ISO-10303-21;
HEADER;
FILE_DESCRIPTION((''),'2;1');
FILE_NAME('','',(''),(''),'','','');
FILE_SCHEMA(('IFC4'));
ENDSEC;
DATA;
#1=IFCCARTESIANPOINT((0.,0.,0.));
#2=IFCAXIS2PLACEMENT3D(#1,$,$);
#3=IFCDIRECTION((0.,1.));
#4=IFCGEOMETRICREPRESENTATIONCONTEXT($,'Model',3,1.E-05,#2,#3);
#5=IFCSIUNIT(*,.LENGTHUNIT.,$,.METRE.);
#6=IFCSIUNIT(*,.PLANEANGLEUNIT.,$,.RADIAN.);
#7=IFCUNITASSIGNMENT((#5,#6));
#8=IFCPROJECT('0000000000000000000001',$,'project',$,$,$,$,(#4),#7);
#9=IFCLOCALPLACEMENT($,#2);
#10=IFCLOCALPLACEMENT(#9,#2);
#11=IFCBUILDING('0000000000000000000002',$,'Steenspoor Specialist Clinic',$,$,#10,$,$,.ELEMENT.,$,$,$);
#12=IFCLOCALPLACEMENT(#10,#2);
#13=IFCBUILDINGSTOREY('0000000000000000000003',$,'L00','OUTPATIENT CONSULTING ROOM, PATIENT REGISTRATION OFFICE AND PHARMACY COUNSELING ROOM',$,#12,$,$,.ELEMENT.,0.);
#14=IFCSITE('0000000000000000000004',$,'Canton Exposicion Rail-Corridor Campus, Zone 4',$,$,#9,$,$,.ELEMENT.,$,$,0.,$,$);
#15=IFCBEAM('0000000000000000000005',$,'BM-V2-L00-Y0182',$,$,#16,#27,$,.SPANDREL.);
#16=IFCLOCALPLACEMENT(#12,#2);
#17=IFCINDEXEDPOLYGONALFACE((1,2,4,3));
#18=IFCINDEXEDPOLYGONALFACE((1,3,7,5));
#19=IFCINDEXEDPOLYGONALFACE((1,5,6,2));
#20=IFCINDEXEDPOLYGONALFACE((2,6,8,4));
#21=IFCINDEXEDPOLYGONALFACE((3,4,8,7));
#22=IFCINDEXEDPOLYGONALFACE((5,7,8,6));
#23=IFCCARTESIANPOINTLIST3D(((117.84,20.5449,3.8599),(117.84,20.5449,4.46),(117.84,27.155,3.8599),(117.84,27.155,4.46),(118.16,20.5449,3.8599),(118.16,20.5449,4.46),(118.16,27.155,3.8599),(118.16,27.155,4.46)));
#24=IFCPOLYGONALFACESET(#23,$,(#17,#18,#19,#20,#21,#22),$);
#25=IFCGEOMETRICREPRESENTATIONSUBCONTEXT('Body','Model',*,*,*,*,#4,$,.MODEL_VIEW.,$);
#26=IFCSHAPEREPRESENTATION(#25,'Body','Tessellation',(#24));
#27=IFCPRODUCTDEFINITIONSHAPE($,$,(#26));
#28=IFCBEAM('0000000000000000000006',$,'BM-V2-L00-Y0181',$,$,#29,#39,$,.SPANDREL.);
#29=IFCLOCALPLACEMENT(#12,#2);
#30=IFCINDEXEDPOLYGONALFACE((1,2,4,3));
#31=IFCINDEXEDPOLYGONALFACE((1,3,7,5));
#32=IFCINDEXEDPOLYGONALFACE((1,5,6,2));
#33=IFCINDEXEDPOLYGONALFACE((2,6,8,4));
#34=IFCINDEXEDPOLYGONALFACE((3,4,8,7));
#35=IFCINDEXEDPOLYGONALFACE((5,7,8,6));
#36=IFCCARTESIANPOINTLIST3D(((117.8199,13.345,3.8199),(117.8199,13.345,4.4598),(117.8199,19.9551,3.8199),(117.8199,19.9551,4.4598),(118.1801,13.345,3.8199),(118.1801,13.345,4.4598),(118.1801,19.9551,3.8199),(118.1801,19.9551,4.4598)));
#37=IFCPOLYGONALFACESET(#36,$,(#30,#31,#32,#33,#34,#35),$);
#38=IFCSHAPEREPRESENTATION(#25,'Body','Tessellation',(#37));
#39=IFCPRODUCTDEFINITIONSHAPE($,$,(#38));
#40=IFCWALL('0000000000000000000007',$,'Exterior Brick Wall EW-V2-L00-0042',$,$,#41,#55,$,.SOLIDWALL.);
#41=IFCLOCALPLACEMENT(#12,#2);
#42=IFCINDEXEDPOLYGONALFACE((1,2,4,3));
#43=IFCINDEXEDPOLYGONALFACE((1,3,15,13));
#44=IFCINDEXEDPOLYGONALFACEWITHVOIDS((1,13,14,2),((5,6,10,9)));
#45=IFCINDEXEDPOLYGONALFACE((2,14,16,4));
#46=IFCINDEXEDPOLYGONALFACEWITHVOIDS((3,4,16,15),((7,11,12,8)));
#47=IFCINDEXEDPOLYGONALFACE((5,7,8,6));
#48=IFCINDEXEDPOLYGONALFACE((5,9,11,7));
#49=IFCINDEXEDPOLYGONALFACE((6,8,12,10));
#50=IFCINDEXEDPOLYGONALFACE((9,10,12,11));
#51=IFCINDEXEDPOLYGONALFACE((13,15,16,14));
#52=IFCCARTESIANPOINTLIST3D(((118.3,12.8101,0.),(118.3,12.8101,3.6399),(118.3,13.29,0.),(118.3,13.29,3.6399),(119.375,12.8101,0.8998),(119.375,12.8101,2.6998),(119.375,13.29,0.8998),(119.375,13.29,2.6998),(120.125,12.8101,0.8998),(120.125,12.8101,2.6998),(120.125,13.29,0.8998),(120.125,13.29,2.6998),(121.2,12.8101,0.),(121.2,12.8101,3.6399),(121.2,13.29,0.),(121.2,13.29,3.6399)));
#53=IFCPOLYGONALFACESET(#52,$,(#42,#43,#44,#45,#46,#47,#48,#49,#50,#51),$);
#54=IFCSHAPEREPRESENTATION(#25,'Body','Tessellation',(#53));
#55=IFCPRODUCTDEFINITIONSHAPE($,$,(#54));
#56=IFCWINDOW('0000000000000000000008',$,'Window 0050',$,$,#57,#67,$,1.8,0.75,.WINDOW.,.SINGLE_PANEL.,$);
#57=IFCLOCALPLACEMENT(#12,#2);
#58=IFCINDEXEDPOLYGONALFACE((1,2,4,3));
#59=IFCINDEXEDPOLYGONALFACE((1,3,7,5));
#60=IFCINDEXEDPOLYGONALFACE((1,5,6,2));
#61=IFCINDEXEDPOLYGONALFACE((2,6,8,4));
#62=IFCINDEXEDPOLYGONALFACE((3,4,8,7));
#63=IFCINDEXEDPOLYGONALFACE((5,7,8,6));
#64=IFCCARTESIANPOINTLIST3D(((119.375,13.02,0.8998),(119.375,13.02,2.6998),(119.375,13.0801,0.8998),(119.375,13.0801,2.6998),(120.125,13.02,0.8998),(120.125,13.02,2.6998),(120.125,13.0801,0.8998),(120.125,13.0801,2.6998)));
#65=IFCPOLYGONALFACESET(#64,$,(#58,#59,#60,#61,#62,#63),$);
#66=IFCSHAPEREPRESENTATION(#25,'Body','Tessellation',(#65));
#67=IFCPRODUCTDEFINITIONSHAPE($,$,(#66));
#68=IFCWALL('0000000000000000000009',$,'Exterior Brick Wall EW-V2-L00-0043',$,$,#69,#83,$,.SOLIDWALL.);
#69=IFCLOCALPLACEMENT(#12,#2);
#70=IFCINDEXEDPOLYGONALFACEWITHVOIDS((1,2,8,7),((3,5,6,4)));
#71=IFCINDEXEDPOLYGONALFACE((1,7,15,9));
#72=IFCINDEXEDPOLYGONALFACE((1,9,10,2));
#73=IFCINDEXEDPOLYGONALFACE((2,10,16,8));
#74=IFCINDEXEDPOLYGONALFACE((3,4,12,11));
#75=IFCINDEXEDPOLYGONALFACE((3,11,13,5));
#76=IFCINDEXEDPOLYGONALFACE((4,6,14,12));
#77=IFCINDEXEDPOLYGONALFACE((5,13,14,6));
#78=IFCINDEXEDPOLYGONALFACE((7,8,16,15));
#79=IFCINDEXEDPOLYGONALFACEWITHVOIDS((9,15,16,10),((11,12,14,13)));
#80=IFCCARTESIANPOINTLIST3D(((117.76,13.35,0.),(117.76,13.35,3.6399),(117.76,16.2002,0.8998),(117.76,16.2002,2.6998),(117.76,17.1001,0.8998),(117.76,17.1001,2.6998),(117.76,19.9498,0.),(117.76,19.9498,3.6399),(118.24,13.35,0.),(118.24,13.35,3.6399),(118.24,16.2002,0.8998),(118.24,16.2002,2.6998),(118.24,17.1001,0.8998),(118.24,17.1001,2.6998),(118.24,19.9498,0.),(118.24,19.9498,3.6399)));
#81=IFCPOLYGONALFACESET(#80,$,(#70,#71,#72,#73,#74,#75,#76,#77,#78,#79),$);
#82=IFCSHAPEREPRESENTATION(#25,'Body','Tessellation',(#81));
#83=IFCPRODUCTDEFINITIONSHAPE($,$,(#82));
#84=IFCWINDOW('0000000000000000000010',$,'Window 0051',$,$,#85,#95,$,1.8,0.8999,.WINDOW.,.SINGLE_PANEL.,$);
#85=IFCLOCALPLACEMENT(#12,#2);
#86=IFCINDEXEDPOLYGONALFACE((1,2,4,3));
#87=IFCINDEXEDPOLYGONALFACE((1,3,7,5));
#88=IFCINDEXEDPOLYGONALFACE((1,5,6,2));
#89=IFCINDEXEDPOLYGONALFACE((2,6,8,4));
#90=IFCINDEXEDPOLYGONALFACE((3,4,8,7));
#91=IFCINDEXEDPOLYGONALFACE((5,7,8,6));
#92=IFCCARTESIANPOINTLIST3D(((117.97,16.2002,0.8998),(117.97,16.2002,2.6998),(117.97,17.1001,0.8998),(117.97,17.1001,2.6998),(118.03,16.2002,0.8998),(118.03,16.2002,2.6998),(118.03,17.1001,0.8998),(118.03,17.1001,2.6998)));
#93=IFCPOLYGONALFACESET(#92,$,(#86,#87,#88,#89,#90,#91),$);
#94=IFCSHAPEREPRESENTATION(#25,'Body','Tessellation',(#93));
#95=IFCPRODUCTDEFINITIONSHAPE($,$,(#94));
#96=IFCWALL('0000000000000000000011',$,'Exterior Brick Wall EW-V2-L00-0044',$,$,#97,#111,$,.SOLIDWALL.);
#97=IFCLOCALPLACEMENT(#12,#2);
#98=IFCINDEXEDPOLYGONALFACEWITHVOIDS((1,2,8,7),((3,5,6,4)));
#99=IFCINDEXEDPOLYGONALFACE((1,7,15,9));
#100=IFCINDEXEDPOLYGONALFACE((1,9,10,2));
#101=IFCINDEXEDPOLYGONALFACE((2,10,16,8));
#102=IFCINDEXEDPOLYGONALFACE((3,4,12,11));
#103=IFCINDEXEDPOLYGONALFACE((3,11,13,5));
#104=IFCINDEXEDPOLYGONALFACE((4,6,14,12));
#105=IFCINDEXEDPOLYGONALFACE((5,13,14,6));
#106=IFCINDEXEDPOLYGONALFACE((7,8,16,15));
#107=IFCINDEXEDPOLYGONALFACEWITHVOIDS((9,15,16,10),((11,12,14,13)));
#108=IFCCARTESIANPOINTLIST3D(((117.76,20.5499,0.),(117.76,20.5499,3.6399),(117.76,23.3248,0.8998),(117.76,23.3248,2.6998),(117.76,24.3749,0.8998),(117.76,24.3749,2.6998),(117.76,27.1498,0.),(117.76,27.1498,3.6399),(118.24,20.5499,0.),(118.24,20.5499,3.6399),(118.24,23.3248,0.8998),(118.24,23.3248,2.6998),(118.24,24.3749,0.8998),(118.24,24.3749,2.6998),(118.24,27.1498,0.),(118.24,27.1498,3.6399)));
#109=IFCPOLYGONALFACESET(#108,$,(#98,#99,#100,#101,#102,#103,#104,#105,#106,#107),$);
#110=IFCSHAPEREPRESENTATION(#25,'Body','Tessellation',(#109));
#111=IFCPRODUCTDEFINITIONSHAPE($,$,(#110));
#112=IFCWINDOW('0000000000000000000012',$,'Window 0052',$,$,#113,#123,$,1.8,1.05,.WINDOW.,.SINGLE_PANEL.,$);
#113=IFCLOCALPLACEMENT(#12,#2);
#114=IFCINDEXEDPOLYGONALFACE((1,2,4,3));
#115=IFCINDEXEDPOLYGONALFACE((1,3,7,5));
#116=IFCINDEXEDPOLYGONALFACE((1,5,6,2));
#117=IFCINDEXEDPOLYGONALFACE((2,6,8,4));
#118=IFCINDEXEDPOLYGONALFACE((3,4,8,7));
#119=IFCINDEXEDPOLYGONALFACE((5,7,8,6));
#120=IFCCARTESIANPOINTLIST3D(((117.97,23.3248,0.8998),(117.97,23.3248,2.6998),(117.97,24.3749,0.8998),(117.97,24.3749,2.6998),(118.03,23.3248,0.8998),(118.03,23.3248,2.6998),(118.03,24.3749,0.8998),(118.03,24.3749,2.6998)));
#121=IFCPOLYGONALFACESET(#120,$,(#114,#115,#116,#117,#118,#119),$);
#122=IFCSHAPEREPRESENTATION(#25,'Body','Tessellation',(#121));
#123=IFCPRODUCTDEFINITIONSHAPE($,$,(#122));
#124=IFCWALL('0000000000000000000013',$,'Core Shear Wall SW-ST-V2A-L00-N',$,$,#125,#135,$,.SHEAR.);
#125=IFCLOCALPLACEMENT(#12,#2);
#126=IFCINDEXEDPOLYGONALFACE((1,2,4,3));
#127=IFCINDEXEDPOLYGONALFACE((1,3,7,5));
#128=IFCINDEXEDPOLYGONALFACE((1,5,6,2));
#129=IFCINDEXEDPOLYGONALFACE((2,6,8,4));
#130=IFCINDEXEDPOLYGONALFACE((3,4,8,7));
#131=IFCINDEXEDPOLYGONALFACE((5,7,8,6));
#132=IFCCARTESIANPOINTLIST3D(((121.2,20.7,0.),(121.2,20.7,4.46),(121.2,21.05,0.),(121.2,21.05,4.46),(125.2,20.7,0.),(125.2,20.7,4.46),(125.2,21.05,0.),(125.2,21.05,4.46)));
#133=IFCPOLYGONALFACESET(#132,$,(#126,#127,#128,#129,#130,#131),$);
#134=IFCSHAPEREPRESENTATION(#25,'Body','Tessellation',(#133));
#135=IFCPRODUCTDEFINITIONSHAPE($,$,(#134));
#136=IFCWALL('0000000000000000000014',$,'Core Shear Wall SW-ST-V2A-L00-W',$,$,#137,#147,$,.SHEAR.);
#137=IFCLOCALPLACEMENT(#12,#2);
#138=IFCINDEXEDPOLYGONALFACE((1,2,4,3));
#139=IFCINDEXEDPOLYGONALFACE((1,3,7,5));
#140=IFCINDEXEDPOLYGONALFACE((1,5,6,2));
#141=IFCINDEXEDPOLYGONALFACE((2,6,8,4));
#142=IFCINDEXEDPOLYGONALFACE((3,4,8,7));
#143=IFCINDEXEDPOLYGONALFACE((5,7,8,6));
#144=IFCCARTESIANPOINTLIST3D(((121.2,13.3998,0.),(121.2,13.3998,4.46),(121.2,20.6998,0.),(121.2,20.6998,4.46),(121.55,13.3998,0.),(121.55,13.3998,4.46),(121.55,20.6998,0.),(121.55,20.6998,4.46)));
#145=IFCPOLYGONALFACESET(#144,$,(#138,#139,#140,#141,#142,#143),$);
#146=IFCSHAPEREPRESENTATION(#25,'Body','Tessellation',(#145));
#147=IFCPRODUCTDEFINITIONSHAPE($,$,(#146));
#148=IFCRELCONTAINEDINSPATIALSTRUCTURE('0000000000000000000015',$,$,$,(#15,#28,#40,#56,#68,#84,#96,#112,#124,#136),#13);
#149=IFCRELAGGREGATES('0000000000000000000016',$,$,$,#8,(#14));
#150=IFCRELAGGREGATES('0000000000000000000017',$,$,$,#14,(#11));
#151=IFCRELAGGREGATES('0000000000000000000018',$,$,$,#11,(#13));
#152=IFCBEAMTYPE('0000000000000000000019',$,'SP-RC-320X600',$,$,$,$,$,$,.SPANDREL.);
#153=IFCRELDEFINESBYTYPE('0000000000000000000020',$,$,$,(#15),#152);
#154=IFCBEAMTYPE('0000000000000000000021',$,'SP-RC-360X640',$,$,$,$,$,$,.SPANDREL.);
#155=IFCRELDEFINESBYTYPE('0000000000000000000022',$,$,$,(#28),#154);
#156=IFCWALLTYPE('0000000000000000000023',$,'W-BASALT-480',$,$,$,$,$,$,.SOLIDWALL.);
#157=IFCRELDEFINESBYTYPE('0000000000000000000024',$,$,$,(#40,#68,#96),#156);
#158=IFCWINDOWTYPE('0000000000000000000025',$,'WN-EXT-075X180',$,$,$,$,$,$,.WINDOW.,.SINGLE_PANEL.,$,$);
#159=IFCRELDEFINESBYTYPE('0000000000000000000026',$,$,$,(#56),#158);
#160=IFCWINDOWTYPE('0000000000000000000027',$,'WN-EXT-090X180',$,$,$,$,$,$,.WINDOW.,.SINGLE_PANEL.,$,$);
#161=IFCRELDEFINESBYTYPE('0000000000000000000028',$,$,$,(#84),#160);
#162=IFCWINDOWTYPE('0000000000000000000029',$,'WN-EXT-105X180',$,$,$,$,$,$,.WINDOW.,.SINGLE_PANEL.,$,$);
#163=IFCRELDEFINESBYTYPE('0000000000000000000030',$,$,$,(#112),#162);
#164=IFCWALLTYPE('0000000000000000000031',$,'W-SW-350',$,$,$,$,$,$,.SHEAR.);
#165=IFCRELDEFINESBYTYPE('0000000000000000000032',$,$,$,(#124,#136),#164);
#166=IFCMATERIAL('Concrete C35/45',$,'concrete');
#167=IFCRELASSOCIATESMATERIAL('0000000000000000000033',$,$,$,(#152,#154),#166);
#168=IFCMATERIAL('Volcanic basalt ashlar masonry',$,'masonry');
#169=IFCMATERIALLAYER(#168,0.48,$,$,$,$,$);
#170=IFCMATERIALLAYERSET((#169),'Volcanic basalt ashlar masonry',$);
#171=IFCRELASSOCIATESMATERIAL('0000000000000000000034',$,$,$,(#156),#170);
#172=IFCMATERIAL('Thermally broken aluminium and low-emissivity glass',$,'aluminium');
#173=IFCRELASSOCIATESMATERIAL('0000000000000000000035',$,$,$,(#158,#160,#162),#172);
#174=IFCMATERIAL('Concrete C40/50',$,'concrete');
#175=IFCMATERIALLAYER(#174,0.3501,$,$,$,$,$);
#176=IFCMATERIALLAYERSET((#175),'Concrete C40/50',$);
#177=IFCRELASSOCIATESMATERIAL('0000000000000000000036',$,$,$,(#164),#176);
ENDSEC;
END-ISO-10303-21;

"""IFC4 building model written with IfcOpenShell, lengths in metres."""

from ifc_helpers import new_model, si_unit, direction, frame, frame_2d, origin, origin_2d, place, context, subcontext, project, spatial, rectangle, extrude, material, layer, layer_set, material_profile, profile_set, type_object, element, fill, save


model = new_model("IFC4")

# Units and contexts
model_context = context("Model", 3, precision=1e-05, world=origin(), true_north=direction((0.0, 1.0)))
body_context = subcontext(model_context, "Body", "Model", "MODEL_VIEW")
ifc_project = project(units=[si_unit("LENGTHUNIT", "METRE"), si_unit("PLANEANGLEUNIT", "RADIAN")], contexts=[model_context])

# Site, building, storey
site_placement = place(None, origin())
site = spatial("IfcSite", under=ifc_project, at=site_placement, Name="Canton Exposicion Rail-Corridor Campus, Zone 4", CompositionType="ELEMENT", RefElevation=0.0)
building_placement = place(site_placement, origin())
building = spatial("IfcBuilding", under=site, at=building_placement, Name="Steenspoor Specialist Clinic", CompositionType="ELEMENT")
storey_placement = place(building_placement, origin())
storey = spatial("IfcBuildingStorey", under=building, at=storey_placement, Name="L00", Description="OUTPATIENT CONSULTING ROOM, PATIENT REGISTRATION OFFICE AND PHARMACY COUNSELING ROOM", CompositionType="ELEMENT", Elevation=0.0)

# Shared definitions
ifc_material_1 = material(Name="Concrete C35/45", Category="concrete")

# Shared definitions
ifc_material_2 = material(Name="Concrete C40/50", Category="concrete")

# Beams
ifc_material_profile_1 = material_profile(ifc_material_1, rectangle(XDim=0.3201, YDim=0.6001, at=origin_2d()), Name="RC-SP-320X600")
ifc_profile_set_1 = profile_set([ifc_material_profile_1], Name="Concrete C35/45")
beam_type_1 = type_object("IfcBeamType", Name="SP-RC-320X600", PredefinedType="SPANDREL", material=ifc_profile_set_1)
beam_1_placement = place(storey_placement, frame((118.0, 20.5449, 4.1599), z_axis=(0.0, 1.0, 0.0), x_axis=(-1.0, 0.0, 0.0)))
element("IfcBeam", 1, at=beam_1_placement, inside=storey, type_object=beam_type_1, Name="BM-V2-L00-Y0182", PredefinedType="SPANDREL", context=body_context, shape_type="SweptSolid", body=[
    extrude(rectangle(XDim=0.3201, YDim=0.6001, at=origin_2d()), origin(), (0.0, 0.0, 1.0), 6.6101),
])
ifc_material_profile_2 = material_profile(ifc_material_1, rectangle(XDim=0.3601, YDim=0.6399, at=origin_2d()), Name="RC-SP-360X640")
ifc_profile_set_2 = profile_set([ifc_material_profile_2], Name="Concrete C35/45")
beam_type_2 = type_object("IfcBeamType", Name="SP-RC-360X640", PredefinedType="SPANDREL", material=ifc_profile_set_2)
beam_2_placement = place(storey_placement, frame((118.0, 13.345, 4.1399), z_axis=(0.0, 1.0, 0.0), x_axis=(-1.0, 0.0, 0.0)))
element("IfcBeam", 2, at=beam_2_placement, inside=storey, type_object=beam_type_2, Name="BM-V2-L00-Y0181", PredefinedType="SPANDREL", context=body_context, shape_type="SweptSolid", body=[
    extrude(rectangle(XDim=0.3601, YDim=0.6399, at=origin_2d()), origin(), (0.0, 0.0, 1.0), 6.6101),
])

# Walls, openings, windows
ifc_material_3 = material(Name="Volcanic basalt ashlar masonry", Category="masonry")
ifc_layer_1 = layer(ifc_material_3, 0.48)
ifc_layer_set_1 = layer_set([ifc_layer_1], Name="Volcanic basalt ashlar masonry")
wall_type_1 = type_object("IfcWallType", Name="W-BASALT-480", PredefinedType="SOLIDWALL", material=ifc_layer_set_1)
wall_1_placement = place(storey_placement, frame((121.2, 13.05, 0.0), z_axis=(0.0, 0.0, 1.0), x_axis=(-1.0, 0.0, 0.0)))
wall_1 = element("IfcWall", 3, at=wall_1_placement, inside=storey, type_object=wall_type_1, Name="Exterior Brick Wall EW-V2-L00-0042", PredefinedType="SOLIDWALL", context=body_context, shape_type="SweptSolid", body=[
    extrude(rectangle(XDim=2.8999, YDim=0.48, at=frame_2d((1.45, 0.0))), origin(), (0.0, 0.0, 1.0), 3.6399),
])
opening_1_placement = place(wall_1_placement, frame((1.075, 0.0, 0.8999)))
opening_1 = element("IfcOpeningElement", 4, at=opening_1_placement, cuts=wall_1, PredefinedType="OPENING", context=body_context, shape_type="SweptSolid", body=[
    extrude(rectangle(XDim=0.75, YDim=1.8, at=frame_2d((0.375, 0.8999))), frame((0.0, 0.25, 0.0), z_axis=(0.0, -1.0, 0.0), x_axis=(1.0, 0.0, 0.0)), (0.0, 0.0, 1.0), 0.5),
])
ifc_material_4 = material(Name="Thermally broken aluminium and low-emissivity glass", Category="aluminium")
window_type_1 = type_object("IfcWindowType", Name="WN-EXT-075X180", PartitioningType="SINGLE_PANEL", PredefinedType="WINDOW", material=ifc_material_4)
window_1_placement = place(opening_1_placement, origin())
window_1 = element("IfcWindow", 5, at=window_1_placement, inside=storey, type_object=window_type_1, Name="Window 0050", OverallHeight=1.8, OverallWidth=0.75, PartitioningType="SINGLE_PANEL", PredefinedType="WINDOW", context=body_context, shape_type="SweptSolid", body=[
    extrude(rectangle(XDim=0.75, YDim=1.8, at=frame_2d((0.375, 0.8999))), frame((0.0, 0.03, 0.0), z_axis=(0.0, -1.0, 0.0), x_axis=(1.0, 0.0, 0.0)), (0.0, 0.0, 1.0), 0.0601),
])
fill(opening_1, window_1)
wall_2_placement = place(storey_placement, frame((118.0, 13.3501, 0.0), z_axis=(0.0, 0.0, 1.0), x_axis=(0.0, 1.0, 0.0)))
wall_2 = element("IfcWall", 6, at=wall_2_placement, inside=storey, type_object=wall_type_1, Name="Exterior Brick Wall EW-V2-L00-0043", PredefinedType="SOLIDWALL", context=body_context, shape_type="SweptSolid", body=[
    extrude(rectangle(XDim=6.5999, YDim=0.48, at=frame_2d((3.2998, 0.0))), origin(), (0.0, 0.0, 1.0), 3.6399),
])
opening_2_placement = place(wall_2_placement, frame((2.8501, 0.0, 0.8999)))
opening_2 = element("IfcOpeningElement", 7, at=opening_2_placement, cuts=wall_2, PredefinedType="OPENING", context=body_context, shape_type="SweptSolid", body=[
    extrude(rectangle(XDim=0.8999, YDim=1.8, at=frame_2d((0.45, 0.8999))), frame((0.0, 0.25, 0.0), z_axis=(0.0, -1.0, 0.0), x_axis=(1.0, 0.0, 0.0)), (0.0, 0.0, 1.0), 0.5),
])
window_type_2 = type_object("IfcWindowType", Name="WN-EXT-090X180", PartitioningType="SINGLE_PANEL", PredefinedType="WINDOW", material=ifc_material_4)
window_2_placement = place(opening_2_placement, origin())
window_2 = element("IfcWindow", 8, at=window_2_placement, inside=storey, type_object=window_type_2, Name="Window 0051", OverallHeight=1.8, OverallWidth=0.8999, PartitioningType="SINGLE_PANEL", PredefinedType="WINDOW", context=body_context, shape_type="SweptSolid", body=[
    extrude(rectangle(XDim=0.8999, YDim=1.8, at=frame_2d((0.45, 0.8999))), frame((0.0, 0.03, 0.0), z_axis=(0.0, -1.0, 0.0), x_axis=(1.0, 0.0, 0.0)), (0.0, 0.0, 1.0), 0.0601),
])
fill(opening_2, window_2)
wall_3_placement = place(storey_placement, frame((118.0, 20.55, 0.0), z_axis=(0.0, 0.0, 1.0), x_axis=(0.0, 1.0, 0.0)))
wall_3 = element("IfcWall", 9, at=wall_3_placement, inside=storey, type_object=wall_type_1, Name="Exterior Brick Wall EW-V2-L00-0044", PredefinedType="SOLIDWALL", context=body_context, shape_type="SweptSolid", body=[
    extrude(rectangle(XDim=6.5999, YDim=0.48, at=frame_2d((3.2998, 0.0))), origin(), (0.0, 0.0, 1.0), 3.6399),
])
opening_3_placement = place(wall_3_placement, frame((2.7749, 0.0, 0.8999)))
opening_3 = element("IfcOpeningElement", 10, at=opening_3_placement, cuts=wall_3, PredefinedType="OPENING", context=body_context, shape_type="SweptSolid", body=[
    extrude(rectangle(XDim=1.05, YDim=1.8, at=frame_2d((0.5249, 0.8999))), frame((0.0, 0.25, 0.0), z_axis=(0.0, -1.0, 0.0), x_axis=(1.0, 0.0, 0.0)), (0.0, 0.0, 1.0), 0.5),
])
window_type_3 = type_object("IfcWindowType", Name="WN-EXT-105X180", PartitioningType="SINGLE_PANEL", PredefinedType="WINDOW", material=ifc_material_4)
window_3_placement = place(opening_3_placement, origin())
window_3 = element("IfcWindow", 11, at=window_3_placement, inside=storey, type_object=window_type_3, Name="Window 0052", OverallHeight=1.8, OverallWidth=1.05, PartitioningType="SINGLE_PANEL", PredefinedType="WINDOW", context=body_context, shape_type="SweptSolid", body=[
    extrude(rectangle(XDim=1.05, YDim=1.8, at=frame_2d((0.5249, 0.8999))), frame((0.0, 0.03, 0.0), z_axis=(0.0, -1.0, 0.0), x_axis=(1.0, 0.0, 0.0)), (0.0, 0.0, 1.0), 0.0601),
])
fill(opening_3, window_3)

# Walls
ifc_layer_2 = layer(ifc_material_2, 0.3501)
ifc_layer_set_2 = layer_set([ifc_layer_2], Name="Concrete C40/50")
wall_type_2 = type_object("IfcWallType", Name="W-SW-350", PredefinedType="SHEAR", material=ifc_layer_set_2)
wall_4_placement = place(storey_placement, frame((121.2, 20.875, 0.0), z_axis=(0.0, 0.0, 1.0), x_axis=(1.0, 0.0, 0.0)))
element("IfcWall", 12, at=wall_4_placement, inside=storey, type_object=wall_type_2, Name="Core Shear Wall SW-ST-V2A-L00-N", PredefinedType="SHEAR", context=body_context, shape_type="SweptSolid", body=[
    extrude(rectangle(XDim=4.0, YDim=0.3501, at=frame_2d((2.0, 0.0))), origin(), (0.0, 0.0, 1.0), 4.46),
])
wall_5_placement = place(storey_placement, frame((121.375, 13.3999, 0.0), z_axis=(0.0, 0.0, 1.0), x_axis=(0.0, 1.0, 0.0)))
element("IfcWall", 13, at=wall_5_placement, inside=storey, type_object=wall_type_2, Name="Core Shear Wall SW-ST-V2A-L00-W", PredefinedType="SHEAR", context=body_context, shape_type="SweptSolid", body=[
    extrude(rectangle(XDim=7.3, YDim=0.3501, at=frame_2d((3.6499, 0.0))), origin(), (0.0, 0.0, 1.0), 4.46),
])

save(model, "model.ifc")
